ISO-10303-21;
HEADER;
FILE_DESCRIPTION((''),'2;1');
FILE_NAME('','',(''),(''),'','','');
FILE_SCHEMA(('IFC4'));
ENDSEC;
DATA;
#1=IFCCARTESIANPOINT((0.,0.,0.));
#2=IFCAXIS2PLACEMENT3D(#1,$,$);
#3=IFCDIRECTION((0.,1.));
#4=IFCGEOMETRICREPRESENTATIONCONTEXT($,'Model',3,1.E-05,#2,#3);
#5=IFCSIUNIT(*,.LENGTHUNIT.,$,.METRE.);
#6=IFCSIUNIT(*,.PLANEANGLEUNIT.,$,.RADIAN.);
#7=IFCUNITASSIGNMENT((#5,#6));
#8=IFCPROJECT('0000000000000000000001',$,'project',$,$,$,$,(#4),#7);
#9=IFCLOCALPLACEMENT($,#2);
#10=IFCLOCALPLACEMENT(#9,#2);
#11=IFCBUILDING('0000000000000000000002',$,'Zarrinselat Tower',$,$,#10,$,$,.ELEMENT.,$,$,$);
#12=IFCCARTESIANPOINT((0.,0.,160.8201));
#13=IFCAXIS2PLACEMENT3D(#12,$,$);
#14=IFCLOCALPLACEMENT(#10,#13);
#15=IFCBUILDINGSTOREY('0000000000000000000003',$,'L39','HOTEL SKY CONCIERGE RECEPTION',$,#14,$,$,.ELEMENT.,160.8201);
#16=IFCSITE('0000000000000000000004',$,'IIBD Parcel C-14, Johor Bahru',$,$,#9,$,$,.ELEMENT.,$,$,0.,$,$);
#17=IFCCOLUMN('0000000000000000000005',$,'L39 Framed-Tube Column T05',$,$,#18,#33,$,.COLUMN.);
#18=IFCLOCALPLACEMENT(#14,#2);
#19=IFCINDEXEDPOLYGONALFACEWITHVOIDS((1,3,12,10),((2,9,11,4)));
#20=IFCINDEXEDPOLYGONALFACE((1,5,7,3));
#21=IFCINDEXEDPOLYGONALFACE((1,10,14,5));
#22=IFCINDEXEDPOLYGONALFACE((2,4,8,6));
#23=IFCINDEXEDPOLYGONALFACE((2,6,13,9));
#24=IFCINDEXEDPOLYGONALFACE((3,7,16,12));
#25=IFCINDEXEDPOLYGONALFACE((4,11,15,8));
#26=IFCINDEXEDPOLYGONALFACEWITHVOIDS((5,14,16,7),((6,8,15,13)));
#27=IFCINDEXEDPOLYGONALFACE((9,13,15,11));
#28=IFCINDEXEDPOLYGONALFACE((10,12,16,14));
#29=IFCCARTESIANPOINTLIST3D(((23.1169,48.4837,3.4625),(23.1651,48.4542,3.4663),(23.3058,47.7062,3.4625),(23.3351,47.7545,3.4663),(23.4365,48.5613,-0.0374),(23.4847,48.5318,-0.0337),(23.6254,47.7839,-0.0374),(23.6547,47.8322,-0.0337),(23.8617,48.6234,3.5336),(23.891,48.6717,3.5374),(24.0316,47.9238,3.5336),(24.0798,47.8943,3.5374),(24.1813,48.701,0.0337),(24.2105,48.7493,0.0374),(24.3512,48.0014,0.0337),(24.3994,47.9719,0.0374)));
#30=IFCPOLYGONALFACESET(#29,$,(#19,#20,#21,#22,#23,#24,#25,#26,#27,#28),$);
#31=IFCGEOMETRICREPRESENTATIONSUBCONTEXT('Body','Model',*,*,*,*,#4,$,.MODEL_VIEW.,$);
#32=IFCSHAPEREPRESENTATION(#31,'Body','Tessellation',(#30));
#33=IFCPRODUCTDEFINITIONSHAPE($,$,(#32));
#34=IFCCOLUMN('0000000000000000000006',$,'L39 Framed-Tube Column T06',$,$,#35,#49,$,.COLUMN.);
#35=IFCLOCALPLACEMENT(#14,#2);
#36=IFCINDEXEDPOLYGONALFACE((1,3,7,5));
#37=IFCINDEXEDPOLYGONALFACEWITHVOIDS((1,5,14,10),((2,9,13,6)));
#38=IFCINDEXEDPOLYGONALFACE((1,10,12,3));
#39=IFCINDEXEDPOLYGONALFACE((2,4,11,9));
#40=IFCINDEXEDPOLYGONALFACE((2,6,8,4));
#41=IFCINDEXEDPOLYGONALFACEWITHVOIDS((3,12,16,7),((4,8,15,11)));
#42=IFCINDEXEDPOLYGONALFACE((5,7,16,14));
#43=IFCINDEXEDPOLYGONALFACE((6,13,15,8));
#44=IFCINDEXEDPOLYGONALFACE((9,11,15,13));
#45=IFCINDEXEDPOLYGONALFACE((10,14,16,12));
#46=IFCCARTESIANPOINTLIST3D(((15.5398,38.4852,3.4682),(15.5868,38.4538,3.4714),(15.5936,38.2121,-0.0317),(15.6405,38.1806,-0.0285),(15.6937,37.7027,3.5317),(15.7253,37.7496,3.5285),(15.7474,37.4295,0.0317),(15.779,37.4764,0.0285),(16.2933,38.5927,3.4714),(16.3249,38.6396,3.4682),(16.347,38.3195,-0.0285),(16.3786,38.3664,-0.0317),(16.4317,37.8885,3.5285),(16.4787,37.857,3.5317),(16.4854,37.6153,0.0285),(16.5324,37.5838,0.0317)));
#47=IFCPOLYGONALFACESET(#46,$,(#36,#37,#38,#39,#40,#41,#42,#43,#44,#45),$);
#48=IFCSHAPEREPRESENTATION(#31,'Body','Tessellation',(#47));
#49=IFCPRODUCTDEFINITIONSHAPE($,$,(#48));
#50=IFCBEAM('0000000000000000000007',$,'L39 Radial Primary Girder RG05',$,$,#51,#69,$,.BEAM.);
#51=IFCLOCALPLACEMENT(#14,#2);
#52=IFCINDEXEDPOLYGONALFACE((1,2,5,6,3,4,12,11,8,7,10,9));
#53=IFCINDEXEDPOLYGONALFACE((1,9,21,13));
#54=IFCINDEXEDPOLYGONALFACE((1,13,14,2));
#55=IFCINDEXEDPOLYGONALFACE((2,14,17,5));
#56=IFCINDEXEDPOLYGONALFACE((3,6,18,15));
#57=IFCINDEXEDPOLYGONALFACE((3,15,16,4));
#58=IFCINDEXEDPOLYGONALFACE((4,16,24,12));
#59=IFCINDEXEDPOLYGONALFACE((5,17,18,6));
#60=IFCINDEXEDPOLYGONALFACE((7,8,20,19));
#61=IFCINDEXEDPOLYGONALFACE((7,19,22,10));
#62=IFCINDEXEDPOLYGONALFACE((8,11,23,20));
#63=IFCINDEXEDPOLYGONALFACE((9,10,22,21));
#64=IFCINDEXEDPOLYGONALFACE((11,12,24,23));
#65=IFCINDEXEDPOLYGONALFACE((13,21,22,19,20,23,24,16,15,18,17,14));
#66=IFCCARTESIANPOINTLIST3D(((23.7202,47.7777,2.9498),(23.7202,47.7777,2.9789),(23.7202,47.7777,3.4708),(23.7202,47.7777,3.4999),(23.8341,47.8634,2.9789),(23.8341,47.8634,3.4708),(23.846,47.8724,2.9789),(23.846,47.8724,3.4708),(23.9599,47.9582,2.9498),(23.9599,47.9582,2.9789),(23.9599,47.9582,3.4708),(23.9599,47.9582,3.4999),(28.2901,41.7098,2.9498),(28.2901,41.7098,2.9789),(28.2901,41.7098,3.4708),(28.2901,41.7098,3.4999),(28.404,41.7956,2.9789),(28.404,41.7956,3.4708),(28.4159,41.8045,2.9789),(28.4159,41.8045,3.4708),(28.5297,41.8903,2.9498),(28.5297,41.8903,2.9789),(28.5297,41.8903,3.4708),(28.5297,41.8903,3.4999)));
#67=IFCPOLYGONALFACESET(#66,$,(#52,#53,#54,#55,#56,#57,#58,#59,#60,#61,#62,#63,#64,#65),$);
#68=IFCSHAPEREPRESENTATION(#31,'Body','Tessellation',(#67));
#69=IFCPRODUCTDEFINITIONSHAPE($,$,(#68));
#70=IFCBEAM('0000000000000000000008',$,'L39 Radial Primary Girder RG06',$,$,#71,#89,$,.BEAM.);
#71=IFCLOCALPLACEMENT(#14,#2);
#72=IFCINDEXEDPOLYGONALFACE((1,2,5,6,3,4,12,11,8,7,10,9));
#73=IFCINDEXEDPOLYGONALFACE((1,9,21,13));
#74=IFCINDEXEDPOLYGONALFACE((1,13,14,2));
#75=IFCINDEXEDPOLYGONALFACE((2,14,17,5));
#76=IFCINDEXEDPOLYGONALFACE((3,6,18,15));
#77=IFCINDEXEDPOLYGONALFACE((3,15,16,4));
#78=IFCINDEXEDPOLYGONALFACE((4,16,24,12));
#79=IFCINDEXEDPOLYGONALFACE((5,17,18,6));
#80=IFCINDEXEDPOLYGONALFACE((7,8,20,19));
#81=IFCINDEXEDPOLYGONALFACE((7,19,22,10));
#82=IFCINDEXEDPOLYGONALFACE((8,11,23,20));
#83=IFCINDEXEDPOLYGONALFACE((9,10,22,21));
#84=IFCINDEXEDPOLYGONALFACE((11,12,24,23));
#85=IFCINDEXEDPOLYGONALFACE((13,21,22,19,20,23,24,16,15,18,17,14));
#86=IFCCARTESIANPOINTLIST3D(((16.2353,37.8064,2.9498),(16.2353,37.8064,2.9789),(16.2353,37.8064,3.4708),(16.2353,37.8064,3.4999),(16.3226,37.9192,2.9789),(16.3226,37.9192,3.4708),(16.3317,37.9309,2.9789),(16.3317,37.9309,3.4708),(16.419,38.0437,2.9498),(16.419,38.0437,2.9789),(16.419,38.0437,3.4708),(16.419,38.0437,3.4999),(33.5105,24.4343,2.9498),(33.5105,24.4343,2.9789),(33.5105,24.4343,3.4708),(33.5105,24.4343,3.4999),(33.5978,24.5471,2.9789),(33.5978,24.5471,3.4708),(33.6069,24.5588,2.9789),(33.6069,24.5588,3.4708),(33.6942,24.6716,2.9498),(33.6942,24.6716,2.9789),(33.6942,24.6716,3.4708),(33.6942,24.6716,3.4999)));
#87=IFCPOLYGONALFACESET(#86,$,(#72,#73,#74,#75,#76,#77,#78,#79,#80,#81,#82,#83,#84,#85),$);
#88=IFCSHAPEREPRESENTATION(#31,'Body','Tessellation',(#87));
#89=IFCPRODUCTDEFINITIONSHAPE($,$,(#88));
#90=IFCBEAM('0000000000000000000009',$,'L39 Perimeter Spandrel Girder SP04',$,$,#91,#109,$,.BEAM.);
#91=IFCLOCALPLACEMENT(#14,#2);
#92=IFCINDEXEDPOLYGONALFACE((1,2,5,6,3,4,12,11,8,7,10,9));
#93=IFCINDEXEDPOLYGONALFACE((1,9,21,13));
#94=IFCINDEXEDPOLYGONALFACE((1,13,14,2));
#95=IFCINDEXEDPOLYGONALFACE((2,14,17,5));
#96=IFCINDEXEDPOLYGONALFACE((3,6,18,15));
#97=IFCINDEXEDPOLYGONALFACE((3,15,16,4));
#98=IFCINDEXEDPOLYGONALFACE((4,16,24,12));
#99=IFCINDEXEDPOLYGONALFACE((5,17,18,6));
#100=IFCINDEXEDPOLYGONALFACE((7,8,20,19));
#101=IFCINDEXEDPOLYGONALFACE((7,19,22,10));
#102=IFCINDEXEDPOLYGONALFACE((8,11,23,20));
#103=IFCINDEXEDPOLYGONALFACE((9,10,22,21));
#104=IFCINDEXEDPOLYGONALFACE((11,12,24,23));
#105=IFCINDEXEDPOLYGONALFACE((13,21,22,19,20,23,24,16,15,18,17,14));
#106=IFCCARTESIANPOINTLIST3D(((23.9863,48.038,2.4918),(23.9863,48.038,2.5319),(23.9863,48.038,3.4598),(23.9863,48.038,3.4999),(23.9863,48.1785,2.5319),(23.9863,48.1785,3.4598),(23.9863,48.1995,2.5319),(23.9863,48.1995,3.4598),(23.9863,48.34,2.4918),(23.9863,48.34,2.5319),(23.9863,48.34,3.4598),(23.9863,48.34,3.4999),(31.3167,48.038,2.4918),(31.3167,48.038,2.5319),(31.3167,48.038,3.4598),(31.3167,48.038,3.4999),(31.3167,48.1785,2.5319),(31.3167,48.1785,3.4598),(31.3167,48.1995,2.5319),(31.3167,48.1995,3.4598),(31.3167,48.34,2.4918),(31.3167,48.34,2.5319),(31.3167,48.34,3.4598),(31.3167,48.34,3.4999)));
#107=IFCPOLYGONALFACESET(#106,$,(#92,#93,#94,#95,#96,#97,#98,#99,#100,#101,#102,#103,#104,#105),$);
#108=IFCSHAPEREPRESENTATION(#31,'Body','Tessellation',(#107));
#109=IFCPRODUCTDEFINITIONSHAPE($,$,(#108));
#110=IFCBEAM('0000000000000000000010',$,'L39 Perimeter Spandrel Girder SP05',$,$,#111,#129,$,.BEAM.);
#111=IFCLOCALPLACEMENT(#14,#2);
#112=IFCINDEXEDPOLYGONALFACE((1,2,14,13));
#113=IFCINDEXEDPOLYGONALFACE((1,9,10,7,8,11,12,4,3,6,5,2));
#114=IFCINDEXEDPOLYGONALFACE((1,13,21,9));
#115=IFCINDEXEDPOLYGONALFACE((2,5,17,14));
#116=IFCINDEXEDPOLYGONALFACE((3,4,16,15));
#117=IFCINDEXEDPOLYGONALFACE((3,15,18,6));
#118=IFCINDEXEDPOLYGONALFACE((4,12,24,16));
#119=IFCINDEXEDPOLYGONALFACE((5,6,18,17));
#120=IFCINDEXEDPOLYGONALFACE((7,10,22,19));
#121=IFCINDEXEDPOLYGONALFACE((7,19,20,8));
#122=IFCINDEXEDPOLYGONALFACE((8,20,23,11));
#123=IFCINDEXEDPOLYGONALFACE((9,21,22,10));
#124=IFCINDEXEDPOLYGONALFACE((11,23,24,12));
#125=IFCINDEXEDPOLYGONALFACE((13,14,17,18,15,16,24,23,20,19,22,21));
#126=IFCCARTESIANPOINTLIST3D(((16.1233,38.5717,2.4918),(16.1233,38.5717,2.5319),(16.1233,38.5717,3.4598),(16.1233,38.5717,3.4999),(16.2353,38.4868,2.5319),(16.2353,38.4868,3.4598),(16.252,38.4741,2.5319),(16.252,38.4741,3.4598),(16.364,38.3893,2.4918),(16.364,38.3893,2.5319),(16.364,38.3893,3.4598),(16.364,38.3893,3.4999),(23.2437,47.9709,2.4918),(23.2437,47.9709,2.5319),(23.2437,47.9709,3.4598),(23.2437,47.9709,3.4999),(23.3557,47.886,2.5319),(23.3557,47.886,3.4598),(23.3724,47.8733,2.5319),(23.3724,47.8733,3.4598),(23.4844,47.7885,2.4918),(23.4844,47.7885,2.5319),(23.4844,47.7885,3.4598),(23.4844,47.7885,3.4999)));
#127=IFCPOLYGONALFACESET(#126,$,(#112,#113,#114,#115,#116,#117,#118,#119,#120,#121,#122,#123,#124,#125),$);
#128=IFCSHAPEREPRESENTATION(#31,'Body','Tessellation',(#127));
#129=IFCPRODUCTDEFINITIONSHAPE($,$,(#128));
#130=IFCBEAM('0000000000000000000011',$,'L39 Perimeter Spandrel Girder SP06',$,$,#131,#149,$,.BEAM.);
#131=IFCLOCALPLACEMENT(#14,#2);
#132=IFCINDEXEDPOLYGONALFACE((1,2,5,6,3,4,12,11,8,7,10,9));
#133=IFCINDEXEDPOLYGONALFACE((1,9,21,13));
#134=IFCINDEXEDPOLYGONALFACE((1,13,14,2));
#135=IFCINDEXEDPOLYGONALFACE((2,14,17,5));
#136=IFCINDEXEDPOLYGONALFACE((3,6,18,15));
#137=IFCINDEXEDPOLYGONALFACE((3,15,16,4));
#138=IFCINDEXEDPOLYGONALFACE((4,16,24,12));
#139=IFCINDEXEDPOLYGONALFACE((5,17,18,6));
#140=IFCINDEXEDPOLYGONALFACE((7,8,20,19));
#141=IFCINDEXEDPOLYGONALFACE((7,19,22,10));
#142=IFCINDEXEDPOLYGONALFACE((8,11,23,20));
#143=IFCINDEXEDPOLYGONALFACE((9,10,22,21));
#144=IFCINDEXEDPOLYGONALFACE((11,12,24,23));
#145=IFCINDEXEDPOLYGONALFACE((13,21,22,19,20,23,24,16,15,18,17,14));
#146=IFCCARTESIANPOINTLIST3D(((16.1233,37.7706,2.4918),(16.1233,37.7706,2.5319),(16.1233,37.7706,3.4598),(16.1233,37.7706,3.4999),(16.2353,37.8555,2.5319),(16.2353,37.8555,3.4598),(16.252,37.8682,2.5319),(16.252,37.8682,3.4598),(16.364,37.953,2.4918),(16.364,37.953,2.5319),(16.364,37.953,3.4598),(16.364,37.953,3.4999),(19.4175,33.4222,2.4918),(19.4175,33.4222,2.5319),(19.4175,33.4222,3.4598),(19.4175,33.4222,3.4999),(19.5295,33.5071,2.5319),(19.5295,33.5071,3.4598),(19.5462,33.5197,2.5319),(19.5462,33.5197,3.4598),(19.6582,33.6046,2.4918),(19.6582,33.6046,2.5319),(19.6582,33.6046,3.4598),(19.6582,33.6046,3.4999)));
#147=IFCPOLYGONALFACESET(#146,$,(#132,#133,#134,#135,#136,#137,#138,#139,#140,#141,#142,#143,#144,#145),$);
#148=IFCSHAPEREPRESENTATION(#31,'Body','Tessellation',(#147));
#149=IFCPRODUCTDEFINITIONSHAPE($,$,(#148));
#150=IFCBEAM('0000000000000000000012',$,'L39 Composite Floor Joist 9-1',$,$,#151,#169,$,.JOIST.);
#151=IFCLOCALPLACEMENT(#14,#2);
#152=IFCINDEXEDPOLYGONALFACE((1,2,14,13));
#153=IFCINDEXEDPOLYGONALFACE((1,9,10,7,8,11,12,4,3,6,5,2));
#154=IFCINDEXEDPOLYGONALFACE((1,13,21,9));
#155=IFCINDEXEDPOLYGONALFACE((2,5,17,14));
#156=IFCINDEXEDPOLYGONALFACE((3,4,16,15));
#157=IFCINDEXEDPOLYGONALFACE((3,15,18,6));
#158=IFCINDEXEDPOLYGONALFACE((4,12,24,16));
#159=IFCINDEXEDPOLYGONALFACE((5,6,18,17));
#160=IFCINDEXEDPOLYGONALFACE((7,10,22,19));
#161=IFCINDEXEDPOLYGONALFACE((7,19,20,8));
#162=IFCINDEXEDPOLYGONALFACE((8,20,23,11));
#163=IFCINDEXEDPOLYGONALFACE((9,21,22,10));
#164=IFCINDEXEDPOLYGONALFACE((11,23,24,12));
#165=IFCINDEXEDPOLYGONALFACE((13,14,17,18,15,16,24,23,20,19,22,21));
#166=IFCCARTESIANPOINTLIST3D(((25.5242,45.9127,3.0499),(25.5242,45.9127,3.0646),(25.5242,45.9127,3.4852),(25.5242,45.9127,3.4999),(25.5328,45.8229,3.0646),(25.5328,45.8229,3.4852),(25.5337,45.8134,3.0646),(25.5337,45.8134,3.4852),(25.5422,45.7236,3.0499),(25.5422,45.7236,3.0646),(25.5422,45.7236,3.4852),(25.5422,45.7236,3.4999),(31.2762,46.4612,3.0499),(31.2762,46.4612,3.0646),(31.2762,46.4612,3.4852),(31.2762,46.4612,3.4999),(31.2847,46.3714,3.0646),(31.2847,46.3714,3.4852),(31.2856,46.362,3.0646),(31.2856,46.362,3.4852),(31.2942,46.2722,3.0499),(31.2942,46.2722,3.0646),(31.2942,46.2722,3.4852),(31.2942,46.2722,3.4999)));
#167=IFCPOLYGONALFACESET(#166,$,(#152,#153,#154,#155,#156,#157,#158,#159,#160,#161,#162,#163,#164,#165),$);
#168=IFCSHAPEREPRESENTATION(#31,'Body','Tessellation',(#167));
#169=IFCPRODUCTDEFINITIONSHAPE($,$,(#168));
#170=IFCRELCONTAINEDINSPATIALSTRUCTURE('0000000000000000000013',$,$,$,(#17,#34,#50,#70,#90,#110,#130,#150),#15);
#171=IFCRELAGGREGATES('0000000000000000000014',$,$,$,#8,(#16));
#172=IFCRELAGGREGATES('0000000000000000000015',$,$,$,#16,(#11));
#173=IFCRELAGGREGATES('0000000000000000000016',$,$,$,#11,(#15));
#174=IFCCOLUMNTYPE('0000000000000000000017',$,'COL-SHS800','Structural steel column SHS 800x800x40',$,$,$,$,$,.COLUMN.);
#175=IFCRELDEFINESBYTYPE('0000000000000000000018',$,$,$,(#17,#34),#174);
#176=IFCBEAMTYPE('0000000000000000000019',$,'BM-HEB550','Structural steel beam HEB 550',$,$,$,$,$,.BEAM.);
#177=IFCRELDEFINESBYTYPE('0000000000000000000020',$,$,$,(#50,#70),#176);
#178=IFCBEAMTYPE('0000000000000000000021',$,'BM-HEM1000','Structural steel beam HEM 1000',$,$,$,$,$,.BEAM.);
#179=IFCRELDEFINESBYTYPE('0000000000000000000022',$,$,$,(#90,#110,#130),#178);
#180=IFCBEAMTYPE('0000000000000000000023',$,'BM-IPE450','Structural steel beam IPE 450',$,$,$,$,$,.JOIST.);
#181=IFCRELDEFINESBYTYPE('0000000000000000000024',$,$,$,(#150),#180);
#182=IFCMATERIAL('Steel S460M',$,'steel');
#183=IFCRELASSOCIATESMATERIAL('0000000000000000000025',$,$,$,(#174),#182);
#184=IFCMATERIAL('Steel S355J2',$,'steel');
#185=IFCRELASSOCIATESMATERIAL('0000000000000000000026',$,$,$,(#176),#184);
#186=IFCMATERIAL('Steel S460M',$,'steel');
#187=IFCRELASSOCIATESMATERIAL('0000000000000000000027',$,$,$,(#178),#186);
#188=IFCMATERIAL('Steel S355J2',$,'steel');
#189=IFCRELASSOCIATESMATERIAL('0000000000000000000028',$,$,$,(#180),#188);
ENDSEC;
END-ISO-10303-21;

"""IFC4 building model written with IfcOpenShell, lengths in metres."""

from ifc_helpers import new_model, si_unit, direction, frame, origin, origin_2d, place, context, subcontext, project, spatial, hollow_rectangle, i_section, extrude, material, material_profile, profile_set, type_object, element, save


model = new_model("IFC4")

# Units and contexts
model_context = context("Model", 3, precision=1e-05, world=origin(), true_north=direction((0.0, 1.0)))
body_context = subcontext(model_context, "Body", "Model", "MODEL_VIEW")
ifc_project = project(units=[si_unit("LENGTHUNIT", "METRE"), si_unit("PLANEANGLEUNIT", "RADIAN")], contexts=[model_context])

# Site, building, storey
site_placement = place(None, origin())
site = spatial("IfcSite", under=ifc_project, at=site_placement, Name="IIBD Parcel C-14, Johor Bahru", CompositionType="ELEMENT", RefElevation=0.0)
building_placement = place(site_placement, origin())
building = spatial("IfcBuilding", under=site, at=building_placement, Name="Zarrinselat Tower", CompositionType="ELEMENT")
storey_placement = place(building_placement, frame((0.0, 0.0, 160.8201)))
storey = spatial("IfcBuildingStorey", under=building, at=storey_placement, Name="L39", Description="HOTEL SKY CONCIERGE RECEPTION", CompositionType="ELEMENT", Elevation=160.8201)

# Columns
ifc_material_1 = material(Name="Steel S460M", Category="steel")
ifc_material_profile_1 = material_profile(ifc_material_1, hollow_rectangle(XDim=0.8, YDim=0.8, WallThickness=0.04, at=origin_2d()), Name="SHS 800x800x40")
ifc_profile_set_1 = profile_set([ifc_material_profile_1], Name="Steel S460M")
column_type = type_object("IfcColumnType", Name="COL-SHS800", Description="Structural steel column SHS 800x800x40", PredefinedType="COLUMN", material=ifc_profile_set_1)
column_1_placement = place(storey_placement, frame((23.918, 48.2666, 0.0), z_axis=(-0.090908, -0.022085, 0.995614), x_axis=(0.236067, -0.971737, 0.0)))
element("IfcColumn", 1, at=column_1_placement, inside=storey, type_object=column_type, Name="L39 Framed-Tube Column T05", PredefinedType="COLUMN", context=body_context, shape_type="SweptSolid", body=[
    extrude(hollow_rectangle(XDim=0.8, YDim=0.8, WallThickness=0.04, at=origin_2d()), origin(), (0.0, 0.0, 1.0), 3.5154),
])
column_2_placement = place(storey_placement, frame((16.063, 37.8979, 0.0), z_axis=(-0.015298, 0.077809, 0.996851), x_axis=(-0.981216, -0.192911, 0.0)))
element("IfcColumn", 2, at=column_2_placement, inside=storey, type_object=column_type, Name="L39 Framed-Tube Column T06", PredefinedType="COLUMN", context=body_context, shape_type="SweptSolid", body=[
    extrude(hollow_rectangle(XDim=0.8, YDim=0.8, WallThickness=0.04, at=origin_2d()), origin(), (0.0, 0.0, 1.0), 3.511),
])

# Beams
ifc_material_2 = material(Name="Steel S355J2", Category="steel")
ifc_material_profile_2 = material_profile(ifc_material_2, i_section(OverallWidth=0.3, OverallDepth=0.55, WebThickness=0.0149, FlangeThickness=0.0291, at=origin_2d()), Name="HEB 550")
ifc_profile_set_2 = profile_set([ifc_material_profile_2], Name="Steel S355J2")
beam_type_1 = type_object("IfcBeamType", Name="BM-HEB550", Description="Structural steel beam HEB 550", PredefinedType="BEAM", material=ifc_profile_set_2)
beam_1_placement = place(storey_placement, frame((23.8401, 47.8679, 3.2249), z_axis=(0.601593, -0.798803, 0.0), x_axis=(0.798803, 0.601593, 0.0)))
element("IfcBeam", 3, at=beam_1_placement, inside=storey, type_object=beam_type_1, Name="L39 Radial Primary Girder RG05", PredefinedType="BEAM", context=body_context, shape_type="SweptSolid", body=[
    extrude(i_section(OverallWidth=0.3, OverallDepth=0.55, WebThickness=0.0149, FlangeThickness=0.0291, at=origin_2d()), origin(), (0.0, 0.0, 1.0), 7.5962),
])
beam_2_placement = place(storey_placement, frame((16.3271, 37.925, 3.2249), z_axis=(0.790773, -0.612109, 0.0), x_axis=(0.612109, 0.790773, 0.0)))
element("IfcBeam", 4, at=beam_2_placement, inside=storey, type_object=beam_type_1, Name="L39 Radial Primary Girder RG06", PredefinedType="BEAM", context=body_context, shape_type="SweptSolid", body=[
    extrude(i_section(OverallWidth=0.3, OverallDepth=0.55, WebThickness=0.0149, FlangeThickness=0.0291, at=origin_2d()), origin(), (0.0, 0.0, 1.0), 21.8459),
])
ifc_material_3 = material(Name="Steel S460M", Category="steel")
ifc_material_profile_3 = material_profile(ifc_material_3, i_section(OverallWidth=0.302, OverallDepth=1.0081, WebThickness=0.021, FlangeThickness=0.04, at=origin_2d()), Name="HEM 1000")
ifc_profile_set_3 = profile_set([ifc_material_profile_3], Name="Steel S460M")
beam_type_2 = type_object("IfcBeamType", Name="BM-HEM1000", Description="Structural steel beam HEM 1000", PredefinedType="BEAM", material=ifc_profile_set_3)
beam_3_placement = place(storey_placement, frame((23.9863, 48.189, 2.9958), z_axis=(1.0, 0.0, 0.0), x_axis=(0.0, 1.0, 0.0)))
element("IfcBeam", 5, at=beam_3_placement, inside=storey, type_object=beam_type_2, Name="L39 Perimeter Spandrel Girder SP04", PredefinedType="BEAM", context=body_context, shape_type="SweptSolid", body=[
    extrude(i_section(OverallWidth=0.302, OverallDepth=1.0081, WebThickness=0.021, FlangeThickness=0.04, at=origin_2d()), origin(), (0.0, 0.0, 1.0), 7.3303),
])
beam_4_placement = place(storey_placement, frame((16.2437, 38.4805, 2.9958), z_axis=(0.603846, 0.797101, 0.0), x_axis=(-0.797101, 0.603846, 0.0)))
element("IfcBeam", 6, at=beam_4_placement, inside=storey, type_object=beam_type_2, Name="L39 Perimeter Spandrel Girder SP05", PredefinedType="BEAM", context=body_context, shape_type="SweptSolid", body=[
    extrude(i_section(OverallWidth=0.302, OverallDepth=1.0081, WebThickness=0.021, FlangeThickness=0.04, at=origin_2d()), origin(), (0.0, 0.0, 1.0), 11.7917),
])
beam_5_placement = place(storey_placement, frame((16.2437, 37.8618, 2.9958), z_axis=(0.603853, -0.797096, 0.0), x_axis=(0.797096, 0.603853, 0.0)))
element("IfcBeam", 7, at=beam_5_placement, inside=storey, type_object=beam_type_2, Name="L39 Perimeter Spandrel Girder SP06", PredefinedType="BEAM", context=body_context, shape_type="SweptSolid", body=[
    extrude(i_section(OverallWidth=0.302, OverallDepth=1.0081, WebThickness=0.021, FlangeThickness=0.04, at=origin_2d()), origin(), (0.0, 0.0, 1.0), 5.4553),
])
ifc_material_4 = material(Name="Steel S355J2", Category="steel")
ifc_material_profile_4 = material_profile(ifc_material_4, i_section(OverallWidth=0.1899, OverallDepth=0.45, WebThickness=0.0095, FlangeThickness=0.0146, at=origin_2d()), Name="IPE 450")
ifc_profile_set_4 = profile_set([ifc_material_profile_4], Name="Steel S355J2")
beam_type_3 = type_object("IfcBeamType", Name="BM-IPE450", Description="Structural steel beam IPE 450", PredefinedType="JOIST", material=ifc_profile_set_4)
beam_6_placement = place(storey_placement, frame((25.5332, 45.8181, 3.2749), z_axis=(0.995483, 0.094943, 0.0), x_axis=(-0.094943, 0.995483, 0.0)))
element("IfcBeam", 8, at=beam_6_placement, inside=storey, type_object=beam_type_3, Name="L39 Composite Floor Joist 9-1", PredefinedType="JOIST", context=body_context, shape_type="SweptSolid", body=[
    extrude(i_section(OverallWidth=0.1899, OverallDepth=0.45, WebThickness=0.0095, FlangeThickness=0.0146, at=origin_2d()), origin(), (0.0, 0.0, 1.0), 5.7781),
])

save(model, "model.ifc")
